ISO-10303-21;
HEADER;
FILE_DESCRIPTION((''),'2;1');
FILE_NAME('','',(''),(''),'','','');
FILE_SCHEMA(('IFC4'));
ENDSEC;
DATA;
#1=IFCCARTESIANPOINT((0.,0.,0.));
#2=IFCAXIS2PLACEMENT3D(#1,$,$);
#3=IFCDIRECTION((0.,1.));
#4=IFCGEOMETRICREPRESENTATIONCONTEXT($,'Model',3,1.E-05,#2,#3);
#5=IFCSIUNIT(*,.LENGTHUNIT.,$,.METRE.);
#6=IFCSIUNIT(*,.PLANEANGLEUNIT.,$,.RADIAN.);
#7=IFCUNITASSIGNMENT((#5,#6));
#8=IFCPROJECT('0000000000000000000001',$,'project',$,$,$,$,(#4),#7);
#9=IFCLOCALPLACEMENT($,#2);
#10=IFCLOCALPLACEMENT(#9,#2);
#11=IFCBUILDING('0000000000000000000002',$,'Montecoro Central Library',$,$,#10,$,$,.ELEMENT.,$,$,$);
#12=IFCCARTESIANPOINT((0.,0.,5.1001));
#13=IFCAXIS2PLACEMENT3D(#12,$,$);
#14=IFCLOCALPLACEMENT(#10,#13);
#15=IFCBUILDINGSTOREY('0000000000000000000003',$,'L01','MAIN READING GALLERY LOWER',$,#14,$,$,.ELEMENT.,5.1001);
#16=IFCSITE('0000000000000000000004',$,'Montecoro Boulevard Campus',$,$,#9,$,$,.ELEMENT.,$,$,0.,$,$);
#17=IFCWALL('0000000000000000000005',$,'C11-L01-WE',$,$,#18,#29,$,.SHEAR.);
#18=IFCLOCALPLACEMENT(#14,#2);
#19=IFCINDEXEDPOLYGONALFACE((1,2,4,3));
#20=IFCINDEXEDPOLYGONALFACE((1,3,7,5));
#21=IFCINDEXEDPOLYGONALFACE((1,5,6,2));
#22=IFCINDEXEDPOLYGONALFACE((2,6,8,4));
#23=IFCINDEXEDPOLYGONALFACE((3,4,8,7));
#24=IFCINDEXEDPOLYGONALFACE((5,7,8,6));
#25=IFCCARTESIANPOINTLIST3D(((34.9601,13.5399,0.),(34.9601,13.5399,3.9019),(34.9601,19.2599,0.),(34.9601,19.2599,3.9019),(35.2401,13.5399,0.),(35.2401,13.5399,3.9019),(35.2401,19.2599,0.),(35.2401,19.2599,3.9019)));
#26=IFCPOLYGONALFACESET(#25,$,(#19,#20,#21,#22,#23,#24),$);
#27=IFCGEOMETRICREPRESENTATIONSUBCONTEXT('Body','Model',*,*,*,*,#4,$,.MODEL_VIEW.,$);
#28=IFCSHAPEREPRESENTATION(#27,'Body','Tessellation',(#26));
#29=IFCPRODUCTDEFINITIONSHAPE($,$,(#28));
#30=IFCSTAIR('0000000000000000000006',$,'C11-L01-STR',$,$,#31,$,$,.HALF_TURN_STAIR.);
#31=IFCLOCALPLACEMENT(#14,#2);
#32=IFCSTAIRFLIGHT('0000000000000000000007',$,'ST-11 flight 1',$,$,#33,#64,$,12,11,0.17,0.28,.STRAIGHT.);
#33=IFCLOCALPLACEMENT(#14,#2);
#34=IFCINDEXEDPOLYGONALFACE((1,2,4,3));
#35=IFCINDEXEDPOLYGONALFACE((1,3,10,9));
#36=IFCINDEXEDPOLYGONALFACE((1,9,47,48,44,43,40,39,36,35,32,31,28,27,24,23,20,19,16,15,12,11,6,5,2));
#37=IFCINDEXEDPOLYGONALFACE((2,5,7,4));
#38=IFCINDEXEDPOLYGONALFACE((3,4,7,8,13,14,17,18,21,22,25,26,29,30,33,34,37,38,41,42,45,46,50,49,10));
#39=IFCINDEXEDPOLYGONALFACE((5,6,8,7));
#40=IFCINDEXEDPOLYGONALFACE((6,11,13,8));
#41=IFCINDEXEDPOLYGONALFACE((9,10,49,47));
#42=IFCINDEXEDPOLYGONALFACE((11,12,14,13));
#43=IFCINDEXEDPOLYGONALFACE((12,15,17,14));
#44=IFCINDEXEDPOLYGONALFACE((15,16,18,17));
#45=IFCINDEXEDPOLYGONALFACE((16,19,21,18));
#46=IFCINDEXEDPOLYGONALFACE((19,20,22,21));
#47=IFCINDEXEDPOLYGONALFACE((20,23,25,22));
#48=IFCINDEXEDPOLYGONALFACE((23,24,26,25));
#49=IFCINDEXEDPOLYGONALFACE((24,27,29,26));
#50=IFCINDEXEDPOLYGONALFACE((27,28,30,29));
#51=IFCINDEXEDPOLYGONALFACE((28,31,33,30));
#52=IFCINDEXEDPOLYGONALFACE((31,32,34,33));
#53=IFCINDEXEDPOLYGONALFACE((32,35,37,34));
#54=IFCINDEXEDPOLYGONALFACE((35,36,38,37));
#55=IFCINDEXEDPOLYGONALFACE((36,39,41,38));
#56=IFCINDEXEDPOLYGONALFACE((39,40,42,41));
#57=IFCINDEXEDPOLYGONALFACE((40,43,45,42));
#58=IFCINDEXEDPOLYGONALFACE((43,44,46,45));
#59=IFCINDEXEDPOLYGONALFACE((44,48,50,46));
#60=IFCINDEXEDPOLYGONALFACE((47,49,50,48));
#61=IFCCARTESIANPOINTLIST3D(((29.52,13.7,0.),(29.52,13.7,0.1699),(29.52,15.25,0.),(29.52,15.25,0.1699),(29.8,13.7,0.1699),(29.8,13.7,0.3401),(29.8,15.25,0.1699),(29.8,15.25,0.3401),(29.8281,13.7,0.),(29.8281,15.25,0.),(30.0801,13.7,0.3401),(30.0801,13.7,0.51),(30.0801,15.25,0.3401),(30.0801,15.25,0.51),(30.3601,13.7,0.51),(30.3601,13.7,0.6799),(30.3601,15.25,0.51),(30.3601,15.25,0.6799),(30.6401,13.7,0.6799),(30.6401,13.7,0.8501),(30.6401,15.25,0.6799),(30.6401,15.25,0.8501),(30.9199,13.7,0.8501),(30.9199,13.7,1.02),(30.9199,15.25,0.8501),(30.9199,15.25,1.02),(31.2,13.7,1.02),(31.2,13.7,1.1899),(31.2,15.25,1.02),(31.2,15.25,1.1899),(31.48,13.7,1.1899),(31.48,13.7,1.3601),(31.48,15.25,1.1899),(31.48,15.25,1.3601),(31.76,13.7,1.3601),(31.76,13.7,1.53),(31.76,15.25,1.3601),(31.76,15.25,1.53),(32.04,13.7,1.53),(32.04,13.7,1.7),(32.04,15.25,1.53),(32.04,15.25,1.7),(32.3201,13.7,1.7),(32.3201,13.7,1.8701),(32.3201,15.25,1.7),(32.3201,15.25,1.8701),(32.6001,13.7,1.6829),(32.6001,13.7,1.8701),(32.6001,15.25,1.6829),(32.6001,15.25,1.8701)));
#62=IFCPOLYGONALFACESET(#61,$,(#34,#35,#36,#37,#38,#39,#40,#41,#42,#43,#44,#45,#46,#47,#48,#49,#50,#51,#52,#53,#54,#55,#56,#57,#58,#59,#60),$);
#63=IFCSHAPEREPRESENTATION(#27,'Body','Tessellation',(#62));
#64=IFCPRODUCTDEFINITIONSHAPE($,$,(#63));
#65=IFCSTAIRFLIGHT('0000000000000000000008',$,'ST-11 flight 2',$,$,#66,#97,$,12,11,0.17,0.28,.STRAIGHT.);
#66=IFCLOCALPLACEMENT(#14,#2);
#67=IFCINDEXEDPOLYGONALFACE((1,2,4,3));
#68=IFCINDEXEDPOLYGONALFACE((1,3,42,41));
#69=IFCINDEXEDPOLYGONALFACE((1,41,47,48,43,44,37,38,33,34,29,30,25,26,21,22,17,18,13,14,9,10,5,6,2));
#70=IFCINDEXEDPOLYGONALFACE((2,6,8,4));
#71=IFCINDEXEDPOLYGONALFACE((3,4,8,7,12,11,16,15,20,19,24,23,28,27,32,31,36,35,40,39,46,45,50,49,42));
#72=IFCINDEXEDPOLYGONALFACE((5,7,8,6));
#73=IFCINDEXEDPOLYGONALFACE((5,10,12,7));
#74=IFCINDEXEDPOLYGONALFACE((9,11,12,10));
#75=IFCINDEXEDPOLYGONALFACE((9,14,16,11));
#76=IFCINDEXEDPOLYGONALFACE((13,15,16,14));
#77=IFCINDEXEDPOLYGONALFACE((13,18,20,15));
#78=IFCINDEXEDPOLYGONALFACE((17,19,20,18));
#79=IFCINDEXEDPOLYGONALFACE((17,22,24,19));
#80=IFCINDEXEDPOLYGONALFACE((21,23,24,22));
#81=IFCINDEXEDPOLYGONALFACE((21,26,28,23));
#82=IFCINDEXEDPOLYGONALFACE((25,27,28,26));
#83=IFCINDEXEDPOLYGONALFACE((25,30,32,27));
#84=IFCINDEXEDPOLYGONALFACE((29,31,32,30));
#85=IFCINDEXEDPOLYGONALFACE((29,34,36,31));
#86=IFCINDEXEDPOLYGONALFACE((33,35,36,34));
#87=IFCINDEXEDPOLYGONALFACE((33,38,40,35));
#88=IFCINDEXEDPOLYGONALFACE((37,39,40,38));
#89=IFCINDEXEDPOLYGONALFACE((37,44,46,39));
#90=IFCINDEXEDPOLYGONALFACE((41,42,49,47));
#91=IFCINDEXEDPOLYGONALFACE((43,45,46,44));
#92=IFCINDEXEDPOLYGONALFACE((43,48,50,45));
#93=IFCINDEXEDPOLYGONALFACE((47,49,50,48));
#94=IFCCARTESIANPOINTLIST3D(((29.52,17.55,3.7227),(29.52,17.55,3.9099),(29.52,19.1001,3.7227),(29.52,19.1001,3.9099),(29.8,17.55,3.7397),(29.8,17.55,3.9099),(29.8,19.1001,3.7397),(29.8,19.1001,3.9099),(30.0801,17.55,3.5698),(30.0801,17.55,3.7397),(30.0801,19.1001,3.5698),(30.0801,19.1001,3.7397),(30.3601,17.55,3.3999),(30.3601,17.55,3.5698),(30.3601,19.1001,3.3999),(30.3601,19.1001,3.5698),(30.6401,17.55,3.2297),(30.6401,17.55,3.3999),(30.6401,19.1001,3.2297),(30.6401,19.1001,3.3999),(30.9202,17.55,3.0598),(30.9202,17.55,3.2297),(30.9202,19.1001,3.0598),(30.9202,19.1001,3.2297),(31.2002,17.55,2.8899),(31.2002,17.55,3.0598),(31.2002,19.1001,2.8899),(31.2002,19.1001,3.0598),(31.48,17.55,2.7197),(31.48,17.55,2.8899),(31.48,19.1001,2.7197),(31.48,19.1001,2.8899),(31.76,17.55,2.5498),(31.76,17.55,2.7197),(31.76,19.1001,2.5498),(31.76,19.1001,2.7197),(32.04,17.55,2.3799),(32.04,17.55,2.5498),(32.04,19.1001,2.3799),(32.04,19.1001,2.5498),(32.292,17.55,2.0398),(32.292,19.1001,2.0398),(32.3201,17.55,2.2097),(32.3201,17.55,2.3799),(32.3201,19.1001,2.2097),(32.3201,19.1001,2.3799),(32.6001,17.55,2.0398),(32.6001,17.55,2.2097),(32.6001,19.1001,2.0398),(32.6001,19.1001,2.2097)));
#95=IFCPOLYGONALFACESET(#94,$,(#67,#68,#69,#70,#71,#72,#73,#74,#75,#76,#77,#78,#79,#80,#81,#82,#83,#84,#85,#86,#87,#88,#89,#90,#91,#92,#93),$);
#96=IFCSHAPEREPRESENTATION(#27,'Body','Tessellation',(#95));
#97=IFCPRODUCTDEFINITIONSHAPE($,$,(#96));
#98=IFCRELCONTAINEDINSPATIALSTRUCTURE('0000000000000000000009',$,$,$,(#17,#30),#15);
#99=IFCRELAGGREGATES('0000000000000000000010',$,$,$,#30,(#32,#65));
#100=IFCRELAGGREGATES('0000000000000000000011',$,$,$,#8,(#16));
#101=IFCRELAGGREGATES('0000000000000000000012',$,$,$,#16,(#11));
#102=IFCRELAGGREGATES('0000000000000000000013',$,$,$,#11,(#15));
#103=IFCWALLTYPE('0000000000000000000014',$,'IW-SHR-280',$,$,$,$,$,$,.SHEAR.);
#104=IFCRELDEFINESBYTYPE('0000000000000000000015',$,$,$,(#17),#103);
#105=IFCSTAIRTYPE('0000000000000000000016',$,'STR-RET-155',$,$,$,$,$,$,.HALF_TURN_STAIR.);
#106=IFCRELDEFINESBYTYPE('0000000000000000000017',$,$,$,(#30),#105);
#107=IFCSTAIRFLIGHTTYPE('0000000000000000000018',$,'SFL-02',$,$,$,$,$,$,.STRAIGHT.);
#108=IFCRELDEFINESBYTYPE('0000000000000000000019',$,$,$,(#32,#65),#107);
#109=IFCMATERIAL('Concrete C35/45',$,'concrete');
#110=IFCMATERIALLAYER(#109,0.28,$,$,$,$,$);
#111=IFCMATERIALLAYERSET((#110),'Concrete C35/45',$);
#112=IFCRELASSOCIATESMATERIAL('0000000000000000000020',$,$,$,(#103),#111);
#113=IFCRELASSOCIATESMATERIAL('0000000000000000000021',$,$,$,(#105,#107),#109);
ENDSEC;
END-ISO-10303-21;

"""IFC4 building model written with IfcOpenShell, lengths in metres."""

from ifc_helpers import new_model, si_unit, direction, frame, frame_2d, origin, place, context, subcontext, project, spatial, polyline, rectangle, outline, extrude, material, layer, layer_set, type_object, element, aggregate, save


model = new_model("IFC4")

# Units and contexts
model_context = context("Model", 3, precision=1e-05, world=origin(), true_north=direction((0.0, 1.0)))
body_context = subcontext(model_context, "Body", "Model", "MODEL_VIEW")
ifc_project = project(units=[si_unit("LENGTHUNIT", "METRE"), si_unit("PLANEANGLEUNIT", "RADIAN")], contexts=[model_context])

# Site, building, storey
site_placement = place(None, origin())
site = spatial("IfcSite", under=ifc_project, at=site_placement, Name="Montecoro Boulevard Campus", CompositionType="ELEMENT", RefElevation=0.0)
building_placement = place(site_placement, origin())
building = spatial("IfcBuilding", under=site, at=building_placement, Name="Montecoro Central Library", CompositionType="ELEMENT")
storey_placement = place(building_placement, frame((0.0, 0.0, 5.1001)))
storey = spatial("IfcBuildingStorey", under=building, at=storey_placement, Name="L01", Description="MAIN READING GALLERY LOWER", CompositionType="ELEMENT", Elevation=5.1001)

# Shared definitions
ifc_material_1 = material(Name="Concrete C35/45", Category="concrete")

# Shared definitions
ifc_layer_1 = layer(ifc_material_1, 0.28)
ifc_layer_set_1 = layer_set([ifc_layer_1], Name="Concrete C35/45")
wall_type_1 = type_object("IfcWallType", Name="IW-SHR-280", PredefinedType="SHEAR", material=ifc_layer_set_1)

# Wall
for number, where, z_axis, x_axis, name in (
    (1, (35.1001, 13.54, 0.0), (0.0, 0.0, 1.0), (0.0, 1.0, 0.0), "C11-L01-WE"),
):
    element("IfcWall", number, at=place(storey_placement, frame(where, z_axis=z_axis, x_axis=x_axis)), inside=storey, type_object=wall_type_1, Name=name, PredefinedType="SHEAR", context=body_context, shape_type="SweptSolid", body=[
        extrude(rectangle(XDim=5.72, YDim=0.28, at=frame_2d((2.8599, 0.0))), origin(), (0.0, 0.0, 1.0), 3.9019),
    ])

# Stair, stair flights
stair_type = type_object("IfcStairType", Name="STR-RET-155", PredefinedType="HALF_TURN_STAIR", material=ifc_material_1)
stair_placement = place(storey_placement, origin())
stair = element("IfcStair", 2, at=stair_placement, inside=storey, type_object=stair_type, Name="C11-L01-STR", PredefinedType="HALF_TURN_STAIR")
stair_flight_type = type_object("IfcStairFlightType", Name="SFL-02", PredefinedType="STRAIGHT", material=ifc_material_1)
stair_flight_1_placement = place(storey_placement, frame((29.52, 14.4751, 0.0), z_axis=(0.0, 0.0, 1.0), x_axis=(1.0, 0.0, 0.0)))
stair_flight_1 = element("IfcStairFlight", 3, at=stair_flight_1_placement, type_object=stair_flight_type, Name="ST-11 flight 1", NumberOfRisers=12, NumberOfTreads=11, PredefinedType="STRAIGHT", RiserHeight=0.17, TreadLength=0.28, context=body_context, shape_type="SweptSolid", body=[
    extrude(outline(polyline([(0.0, 0.0), (0.0, 0.1699), (0.28, 0.1699), (0.28, 0.3401), (0.5601, 0.3401), (0.5601, 0.51), (0.8401, 0.51), (0.8401, 0.6799), (1.1201, 0.6799), (1.1201, 0.8501), (1.3999, 0.8501), (1.3999, 1.02), (1.6799, 1.02), (1.6799, 1.1899), (1.96, 1.1899), (1.96, 1.3601), (2.24, 1.3601), (2.24, 1.53), (2.52, 1.53), (2.52, 1.7), (2.8, 1.7), (2.8, 1.8701), (3.0801, 1.8701), (3.0801, 2.04), (3.0801, 1.6829), (0.3081, 0.0), (0.0, 0.0)])), frame((0.0, 0.7749, 0.0), z_axis=(0.0, -1.0, 0.0), x_axis=(1.0, 0.0, 0.0)), (0.0, 0.0, 1.0), 1.55),
])
stair_flight_2_placement = place(storey_placement, frame((32.6001, 18.325, 2.0398), z_axis=(0.0, 0.0, 1.0), x_axis=(-1.0, 0.0, 0.0)))
stair_flight_2 = element("IfcStairFlight", 4, at=stair_flight_2_placement, type_object=stair_flight_type, Name="ST-11 flight 2", NumberOfRisers=12, NumberOfTreads=11, PredefinedType="STRAIGHT", RiserHeight=0.17, TreadLength=0.28, context=body_context, shape_type="SweptSolid", body=[
    extrude(outline(polyline([(0.0, 0.0), (0.0, 0.1699), (0.28, 0.1699), (0.28, 0.3401), (0.5601, 0.3401), (0.5601, 0.51), (0.8401, 0.51), (0.8401, 0.6799), (1.1201, 0.6799), (1.1201, 0.8501), (1.3999, 0.8501), (1.3999, 1.02), (1.6799, 1.02), (1.6799, 1.1899), (1.96, 1.1899), (1.96, 1.3601), (2.24, 1.3601), (2.24, 1.53), (2.52, 1.53), (2.52, 1.7), (2.8, 1.7), (2.8, 1.8701), (3.0801, 1.8701), (3.0801, 2.04), (3.0801, 1.6829), (0.3081, 0.0), (0.0, 0.0)])), frame((0.0, 0.7749, 0.0), z_axis=(0.0, -1.0, 0.0), x_axis=(1.0, 0.0, 0.0)), (0.0, 0.0, 1.0), 1.55),
])
aggregate(stair, [stair_flight_1, stair_flight_2])

save(model, "model.ifc")
